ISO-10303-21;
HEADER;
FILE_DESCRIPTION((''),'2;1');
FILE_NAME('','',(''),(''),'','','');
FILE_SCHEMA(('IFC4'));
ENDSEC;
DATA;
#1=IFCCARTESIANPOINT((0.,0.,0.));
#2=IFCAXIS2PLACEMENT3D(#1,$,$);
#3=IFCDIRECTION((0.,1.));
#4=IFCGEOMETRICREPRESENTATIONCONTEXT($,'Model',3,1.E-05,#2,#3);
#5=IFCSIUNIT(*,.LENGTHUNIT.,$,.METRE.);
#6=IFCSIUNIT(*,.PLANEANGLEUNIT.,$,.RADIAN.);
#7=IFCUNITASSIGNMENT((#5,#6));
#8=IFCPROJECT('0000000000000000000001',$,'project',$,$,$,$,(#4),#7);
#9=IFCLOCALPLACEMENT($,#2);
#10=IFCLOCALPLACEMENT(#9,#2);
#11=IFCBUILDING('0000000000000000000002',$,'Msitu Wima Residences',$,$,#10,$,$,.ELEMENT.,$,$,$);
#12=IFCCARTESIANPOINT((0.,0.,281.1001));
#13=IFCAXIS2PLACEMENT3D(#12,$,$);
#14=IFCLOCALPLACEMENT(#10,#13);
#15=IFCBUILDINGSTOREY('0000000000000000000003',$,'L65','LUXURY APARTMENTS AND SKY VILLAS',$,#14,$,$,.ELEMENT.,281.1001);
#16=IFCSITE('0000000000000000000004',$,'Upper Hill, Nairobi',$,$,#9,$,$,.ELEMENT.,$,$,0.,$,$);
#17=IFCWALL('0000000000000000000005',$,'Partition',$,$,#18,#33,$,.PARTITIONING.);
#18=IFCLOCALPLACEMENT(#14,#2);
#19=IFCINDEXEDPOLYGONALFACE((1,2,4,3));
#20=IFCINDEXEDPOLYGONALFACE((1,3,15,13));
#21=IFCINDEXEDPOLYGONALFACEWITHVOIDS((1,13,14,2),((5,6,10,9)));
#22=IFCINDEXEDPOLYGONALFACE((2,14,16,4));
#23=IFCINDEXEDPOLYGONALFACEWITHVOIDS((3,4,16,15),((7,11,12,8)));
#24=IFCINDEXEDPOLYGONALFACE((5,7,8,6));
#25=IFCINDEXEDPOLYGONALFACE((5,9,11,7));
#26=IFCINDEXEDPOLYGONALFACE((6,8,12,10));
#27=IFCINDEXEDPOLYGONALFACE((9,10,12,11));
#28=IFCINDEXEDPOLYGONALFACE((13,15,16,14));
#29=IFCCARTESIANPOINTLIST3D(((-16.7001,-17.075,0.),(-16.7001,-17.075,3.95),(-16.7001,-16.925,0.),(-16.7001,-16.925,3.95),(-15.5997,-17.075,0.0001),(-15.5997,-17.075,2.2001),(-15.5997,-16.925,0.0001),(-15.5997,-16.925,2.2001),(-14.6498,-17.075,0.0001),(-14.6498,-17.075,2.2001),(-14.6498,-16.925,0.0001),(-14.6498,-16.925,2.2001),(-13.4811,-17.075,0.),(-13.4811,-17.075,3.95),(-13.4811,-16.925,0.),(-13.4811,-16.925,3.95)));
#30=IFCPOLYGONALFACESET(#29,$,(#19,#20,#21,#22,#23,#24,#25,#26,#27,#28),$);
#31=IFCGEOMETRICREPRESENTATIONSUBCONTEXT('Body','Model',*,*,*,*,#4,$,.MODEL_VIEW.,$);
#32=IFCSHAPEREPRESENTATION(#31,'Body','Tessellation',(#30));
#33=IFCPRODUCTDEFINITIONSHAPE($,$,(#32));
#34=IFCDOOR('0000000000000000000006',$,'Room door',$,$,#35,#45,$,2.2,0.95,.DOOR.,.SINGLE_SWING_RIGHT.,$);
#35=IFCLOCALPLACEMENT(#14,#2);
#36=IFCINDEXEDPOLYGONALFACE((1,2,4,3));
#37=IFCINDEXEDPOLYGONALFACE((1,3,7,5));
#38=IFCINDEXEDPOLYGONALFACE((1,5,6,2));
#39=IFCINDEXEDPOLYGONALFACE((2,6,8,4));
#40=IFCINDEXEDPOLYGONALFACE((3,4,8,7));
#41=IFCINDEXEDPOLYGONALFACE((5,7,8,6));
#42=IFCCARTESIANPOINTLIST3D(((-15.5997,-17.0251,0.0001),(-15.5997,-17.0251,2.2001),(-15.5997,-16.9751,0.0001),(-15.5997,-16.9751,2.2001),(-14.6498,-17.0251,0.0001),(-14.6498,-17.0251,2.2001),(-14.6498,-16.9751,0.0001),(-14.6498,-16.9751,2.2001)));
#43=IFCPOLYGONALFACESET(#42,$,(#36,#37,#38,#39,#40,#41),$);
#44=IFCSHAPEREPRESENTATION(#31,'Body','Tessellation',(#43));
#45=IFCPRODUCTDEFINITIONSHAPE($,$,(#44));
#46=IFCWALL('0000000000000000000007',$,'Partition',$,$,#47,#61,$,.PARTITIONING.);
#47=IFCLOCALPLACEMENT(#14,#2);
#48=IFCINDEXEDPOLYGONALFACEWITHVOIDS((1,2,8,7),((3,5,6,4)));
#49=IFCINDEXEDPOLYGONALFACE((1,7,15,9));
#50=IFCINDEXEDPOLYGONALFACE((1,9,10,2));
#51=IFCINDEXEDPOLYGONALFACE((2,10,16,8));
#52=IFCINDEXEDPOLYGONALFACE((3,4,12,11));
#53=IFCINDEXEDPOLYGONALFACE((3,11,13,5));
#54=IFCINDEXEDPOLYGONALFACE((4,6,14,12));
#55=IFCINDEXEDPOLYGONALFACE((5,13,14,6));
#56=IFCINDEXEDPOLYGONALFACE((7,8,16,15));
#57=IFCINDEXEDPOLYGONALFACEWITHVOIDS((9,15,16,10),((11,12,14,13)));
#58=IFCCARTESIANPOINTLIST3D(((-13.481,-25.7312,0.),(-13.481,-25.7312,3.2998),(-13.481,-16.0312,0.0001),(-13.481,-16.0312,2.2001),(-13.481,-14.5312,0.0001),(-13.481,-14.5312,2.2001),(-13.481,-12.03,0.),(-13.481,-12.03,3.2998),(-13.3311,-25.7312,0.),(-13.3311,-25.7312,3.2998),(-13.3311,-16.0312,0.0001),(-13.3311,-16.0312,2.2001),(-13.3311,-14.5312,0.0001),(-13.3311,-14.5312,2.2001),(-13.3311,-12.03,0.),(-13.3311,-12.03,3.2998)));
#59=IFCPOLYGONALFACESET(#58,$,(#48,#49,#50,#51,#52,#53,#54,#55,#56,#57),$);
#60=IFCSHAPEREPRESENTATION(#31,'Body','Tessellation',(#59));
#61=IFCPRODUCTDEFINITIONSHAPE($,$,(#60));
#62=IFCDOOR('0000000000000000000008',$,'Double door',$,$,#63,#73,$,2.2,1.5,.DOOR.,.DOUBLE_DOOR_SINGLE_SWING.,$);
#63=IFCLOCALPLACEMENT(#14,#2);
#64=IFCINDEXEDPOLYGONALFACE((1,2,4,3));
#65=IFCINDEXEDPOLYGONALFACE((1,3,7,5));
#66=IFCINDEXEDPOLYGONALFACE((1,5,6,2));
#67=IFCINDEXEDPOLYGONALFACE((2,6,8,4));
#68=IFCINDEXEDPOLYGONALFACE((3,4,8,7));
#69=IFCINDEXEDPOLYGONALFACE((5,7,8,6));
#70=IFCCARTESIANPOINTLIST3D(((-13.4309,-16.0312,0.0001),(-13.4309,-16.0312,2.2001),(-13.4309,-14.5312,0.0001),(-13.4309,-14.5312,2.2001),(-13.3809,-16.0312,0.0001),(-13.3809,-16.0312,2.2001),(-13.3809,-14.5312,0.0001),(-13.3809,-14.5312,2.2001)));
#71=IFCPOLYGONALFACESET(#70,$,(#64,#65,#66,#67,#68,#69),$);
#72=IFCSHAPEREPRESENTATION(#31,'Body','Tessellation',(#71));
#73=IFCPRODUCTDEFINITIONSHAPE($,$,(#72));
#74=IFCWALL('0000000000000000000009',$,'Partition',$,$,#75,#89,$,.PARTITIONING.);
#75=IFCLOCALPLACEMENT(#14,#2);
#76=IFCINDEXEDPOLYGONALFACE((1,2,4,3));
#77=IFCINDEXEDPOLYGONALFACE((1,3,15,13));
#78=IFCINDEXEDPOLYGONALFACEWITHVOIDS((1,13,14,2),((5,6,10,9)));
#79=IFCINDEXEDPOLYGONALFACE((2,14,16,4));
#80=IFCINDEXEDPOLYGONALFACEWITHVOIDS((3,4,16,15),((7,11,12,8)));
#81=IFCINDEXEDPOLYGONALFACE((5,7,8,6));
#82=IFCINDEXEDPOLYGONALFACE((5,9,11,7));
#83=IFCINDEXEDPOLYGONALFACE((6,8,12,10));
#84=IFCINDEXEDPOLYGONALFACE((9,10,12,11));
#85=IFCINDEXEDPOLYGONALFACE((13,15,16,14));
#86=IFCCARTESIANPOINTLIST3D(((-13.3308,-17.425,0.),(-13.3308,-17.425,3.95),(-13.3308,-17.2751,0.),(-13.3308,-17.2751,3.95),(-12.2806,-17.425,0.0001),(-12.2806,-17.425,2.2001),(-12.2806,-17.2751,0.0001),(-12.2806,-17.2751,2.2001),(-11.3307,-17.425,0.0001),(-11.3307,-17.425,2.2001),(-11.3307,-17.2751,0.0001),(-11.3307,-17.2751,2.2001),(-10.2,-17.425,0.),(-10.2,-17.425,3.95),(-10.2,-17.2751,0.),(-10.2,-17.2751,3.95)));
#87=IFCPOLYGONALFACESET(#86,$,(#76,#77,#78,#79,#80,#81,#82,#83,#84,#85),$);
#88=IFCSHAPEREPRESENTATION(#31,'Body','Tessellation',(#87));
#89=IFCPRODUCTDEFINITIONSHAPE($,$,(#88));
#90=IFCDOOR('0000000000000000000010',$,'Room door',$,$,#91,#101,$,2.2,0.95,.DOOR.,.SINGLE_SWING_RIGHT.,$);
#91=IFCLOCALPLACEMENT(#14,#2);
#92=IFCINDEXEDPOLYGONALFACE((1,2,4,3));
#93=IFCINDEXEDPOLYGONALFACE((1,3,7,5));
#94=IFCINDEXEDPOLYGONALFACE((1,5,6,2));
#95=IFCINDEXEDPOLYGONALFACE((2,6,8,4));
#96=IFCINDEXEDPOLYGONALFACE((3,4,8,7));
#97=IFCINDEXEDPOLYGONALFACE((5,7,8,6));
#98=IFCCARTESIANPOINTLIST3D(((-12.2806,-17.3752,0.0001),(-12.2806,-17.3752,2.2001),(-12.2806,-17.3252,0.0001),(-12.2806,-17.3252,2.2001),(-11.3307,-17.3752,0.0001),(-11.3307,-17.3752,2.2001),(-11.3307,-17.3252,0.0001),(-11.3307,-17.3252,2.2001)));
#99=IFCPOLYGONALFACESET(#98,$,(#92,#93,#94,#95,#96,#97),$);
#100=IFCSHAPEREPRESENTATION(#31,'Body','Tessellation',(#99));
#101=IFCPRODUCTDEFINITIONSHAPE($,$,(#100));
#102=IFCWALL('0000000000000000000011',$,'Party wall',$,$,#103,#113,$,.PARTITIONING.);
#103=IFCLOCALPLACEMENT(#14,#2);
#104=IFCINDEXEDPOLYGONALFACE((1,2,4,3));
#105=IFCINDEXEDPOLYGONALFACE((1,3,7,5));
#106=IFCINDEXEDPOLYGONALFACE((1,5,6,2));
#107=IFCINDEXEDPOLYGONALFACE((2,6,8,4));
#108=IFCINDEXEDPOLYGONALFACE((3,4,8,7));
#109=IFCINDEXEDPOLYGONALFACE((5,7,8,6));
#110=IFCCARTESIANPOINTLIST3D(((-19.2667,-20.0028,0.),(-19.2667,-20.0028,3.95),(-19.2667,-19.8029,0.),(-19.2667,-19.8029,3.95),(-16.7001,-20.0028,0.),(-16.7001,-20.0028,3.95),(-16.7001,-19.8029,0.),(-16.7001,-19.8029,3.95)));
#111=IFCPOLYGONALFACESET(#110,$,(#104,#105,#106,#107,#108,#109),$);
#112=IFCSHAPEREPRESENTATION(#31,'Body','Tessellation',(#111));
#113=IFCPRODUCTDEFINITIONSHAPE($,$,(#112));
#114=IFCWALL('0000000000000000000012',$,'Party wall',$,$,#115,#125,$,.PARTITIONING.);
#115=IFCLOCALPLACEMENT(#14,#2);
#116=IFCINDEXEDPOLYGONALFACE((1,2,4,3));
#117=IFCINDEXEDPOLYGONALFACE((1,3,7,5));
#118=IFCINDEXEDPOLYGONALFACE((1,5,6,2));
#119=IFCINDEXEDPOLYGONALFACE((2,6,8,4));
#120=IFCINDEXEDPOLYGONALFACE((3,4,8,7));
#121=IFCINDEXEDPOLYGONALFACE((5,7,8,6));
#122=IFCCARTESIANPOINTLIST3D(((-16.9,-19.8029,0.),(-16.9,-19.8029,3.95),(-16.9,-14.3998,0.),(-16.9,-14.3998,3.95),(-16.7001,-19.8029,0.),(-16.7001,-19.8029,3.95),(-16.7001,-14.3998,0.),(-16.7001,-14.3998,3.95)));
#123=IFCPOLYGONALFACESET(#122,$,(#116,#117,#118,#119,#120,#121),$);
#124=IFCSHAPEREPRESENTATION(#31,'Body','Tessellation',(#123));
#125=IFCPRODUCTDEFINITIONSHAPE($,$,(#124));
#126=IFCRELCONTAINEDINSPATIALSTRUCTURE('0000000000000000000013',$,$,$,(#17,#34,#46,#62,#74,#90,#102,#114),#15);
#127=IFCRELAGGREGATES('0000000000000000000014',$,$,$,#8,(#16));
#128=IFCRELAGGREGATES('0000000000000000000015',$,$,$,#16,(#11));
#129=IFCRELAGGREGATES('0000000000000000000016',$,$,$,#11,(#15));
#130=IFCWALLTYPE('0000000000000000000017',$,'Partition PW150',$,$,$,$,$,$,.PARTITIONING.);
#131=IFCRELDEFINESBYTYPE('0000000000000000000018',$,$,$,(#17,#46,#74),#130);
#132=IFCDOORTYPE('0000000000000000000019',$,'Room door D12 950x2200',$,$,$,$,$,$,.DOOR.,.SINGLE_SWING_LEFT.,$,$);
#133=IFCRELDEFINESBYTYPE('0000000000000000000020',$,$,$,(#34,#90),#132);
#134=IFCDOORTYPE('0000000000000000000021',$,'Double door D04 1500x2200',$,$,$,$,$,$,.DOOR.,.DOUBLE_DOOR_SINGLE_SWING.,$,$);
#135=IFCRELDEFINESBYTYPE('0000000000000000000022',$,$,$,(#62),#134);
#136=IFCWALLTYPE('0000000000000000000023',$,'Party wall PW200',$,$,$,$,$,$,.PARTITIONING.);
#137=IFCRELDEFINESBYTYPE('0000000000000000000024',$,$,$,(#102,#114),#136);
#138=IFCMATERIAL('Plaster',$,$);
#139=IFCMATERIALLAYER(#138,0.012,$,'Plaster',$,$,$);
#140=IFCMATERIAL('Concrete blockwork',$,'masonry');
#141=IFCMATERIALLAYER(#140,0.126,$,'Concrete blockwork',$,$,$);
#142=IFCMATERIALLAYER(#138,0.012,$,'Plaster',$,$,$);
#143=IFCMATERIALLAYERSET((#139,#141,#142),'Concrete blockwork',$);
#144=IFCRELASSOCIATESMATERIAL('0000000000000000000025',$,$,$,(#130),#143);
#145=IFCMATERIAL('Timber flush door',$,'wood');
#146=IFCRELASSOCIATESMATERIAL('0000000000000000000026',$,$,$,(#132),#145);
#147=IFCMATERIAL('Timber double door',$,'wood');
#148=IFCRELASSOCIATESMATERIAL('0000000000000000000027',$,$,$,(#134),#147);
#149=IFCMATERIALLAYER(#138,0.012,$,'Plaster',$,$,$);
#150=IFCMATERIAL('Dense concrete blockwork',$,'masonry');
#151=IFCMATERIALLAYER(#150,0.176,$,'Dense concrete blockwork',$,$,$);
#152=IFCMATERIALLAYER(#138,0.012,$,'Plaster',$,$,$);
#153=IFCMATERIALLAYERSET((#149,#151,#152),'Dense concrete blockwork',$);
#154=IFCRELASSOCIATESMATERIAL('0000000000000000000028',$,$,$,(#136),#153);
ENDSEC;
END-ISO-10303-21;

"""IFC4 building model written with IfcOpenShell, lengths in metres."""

from ifc_helpers import new_model, si_unit, direction, frame, frame_2d, origin, place, context, subcontext, project, spatial, rectangle, extrude, material, layer, layer_set, type_object, element, fill, save


model = new_model("IFC4")

# Units and contexts
model_context = context("Model", 3, precision=1e-05, world=origin(), true_north=direction((0.0, 1.0)))
body_context = subcontext(model_context, "Body", "Model", "MODEL_VIEW")
ifc_project = project(units=[si_unit("LENGTHUNIT", "METRE"), si_unit("PLANEANGLEUNIT", "RADIAN")], contexts=[model_context])

# Site, building, storey
site_placement = place(None, origin())
site = spatial("IfcSite", under=ifc_project, at=site_placement, Name="Upper Hill, Nairobi", CompositionType="ELEMENT", RefElevation=0.0)
building_placement = place(site_placement, origin())
building = spatial("IfcBuilding", under=site, at=building_placement, Name="Msitu Wima Residences", CompositionType="ELEMENT")
storey_placement = place(building_placement, frame((0.0, 0.0, 281.1001)))
storey = spatial("IfcBuildingStorey", under=building, at=storey_placement, Name="L65", Description="LUXURY APARTMENTS AND SKY VILLAS", CompositionType="ELEMENT", Elevation=281.1001)

# Shared definitions
ifc_material_1 = material(Name="Plaster")
ifc_material_2 = material(Name="Concrete blockwork", Category="masonry")

# Walls, openings, doors
ifc_layer_1 = layer(ifc_material_1, 0.012, Name="Plaster")
ifc_layer_2 = layer(ifc_material_2, 0.126, Name="Concrete blockwork")
ifc_layer_3 = layer(ifc_material_1, 0.012, Name="Plaster")
ifc_layer_set_1 = layer_set([ifc_layer_1, ifc_layer_2, ifc_layer_3], Name="Concrete blockwork")
wall_type_1 = type_object("IfcWallType", Name="Partition PW150", PredefinedType="PARTITIONING", material=ifc_layer_set_1)
wall_1_placement = place(storey_placement, frame((-16.7, -17.0, 0.0), z_axis=(0.0, 0.0, 1.0), x_axis=(1.0, 0.0, 0.0)))
wall_1 = element("IfcWall", 1, at=wall_1_placement, inside=storey, type_object=wall_type_1, Name="Partition", PredefinedType="PARTITIONING", context=body_context, shape_type="SweptSolid", body=[
    extrude(rectangle(XDim=3.219, YDim=0.1499, at=frame_2d((1.6094, 0.0))), origin(), (0.0, 0.0, 1.0), 3.95),
])
opening_1_placement = place(wall_1_placement, frame((1.1001, 0.0, 0.0)))
opening_1 = element("IfcOpeningElement", 2, at=opening_1_placement, cuts=wall_1, PredefinedType="OPENING", context=body_context, shape_type="SweptSolid", body=[
    extrude(rectangle(XDim=0.95, YDim=2.2, at=frame_2d((0.4751, 1.1001))), frame((0.0, 0.085, 0.0), z_axis=(0.0, -1.0, 0.0), x_axis=(1.0, 0.0, 0.0)), (0.0, 0.0, 1.0), 0.1699),
])
ifc_material_3 = material(Name="Timber flush door", Category="wood")
door_type_1 = type_object("IfcDoorType", Name="Room door D12 950x2200", OperationType="SINGLE_SWING_LEFT", PredefinedType="DOOR", material=ifc_material_3)
door_1_placement = place(opening_1_placement, origin())
door_1 = element("IfcDoor", 3, at=door_1_placement, inside=storey, type_object=door_type_1, Name="Room door", OperationType="SINGLE_SWING_RIGHT", OverallHeight=2.2, OverallWidth=0.95, PredefinedType="DOOR", context=body_context, shape_type="SweptSolid", body=[
    extrude(rectangle(XDim=0.95, YDim=2.2, at=frame_2d((0.4751, 1.1001))), frame((0.0, 0.0249, 0.0), z_axis=(0.0, -1.0, 0.0), x_axis=(1.0, 0.0, 0.0)), (0.0, 0.0, 1.0), 0.05),
])
fill(opening_1, door_1)
wall_2_placement = place(storey_placement, frame((-13.406, -25.7312, 0.0), z_axis=(0.0, 0.0, 1.0), x_axis=(0.0, 1.0, 0.0)))
wall_2 = element("IfcWall", 4, at=wall_2_placement, inside=storey, type_object=wall_type_1, Name="Partition", PredefinedType="PARTITIONING", context=body_context, shape_type="SweptSolid", body=[
    extrude(rectangle(XDim=13.7012, YDim=0.1499, at=frame_2d((6.8506, 0.0))), origin(), (0.0, 0.0, 1.0), 3.2998),
])
opening_2_placement = place(wall_2_placement, frame((9.7, 0.0, 0.0)))
opening_2 = element("IfcOpeningElement", 5, at=opening_2_placement, cuts=wall_2, PredefinedType="OPENING", context=body_context, shape_type="SweptSolid", body=[
    extrude(rectangle(XDim=1.5, YDim=2.2, at=frame_2d((0.75, 1.1001))), frame((0.0, 0.085, 0.0), z_axis=(0.0, -1.0, 0.0), x_axis=(1.0, 0.0, 0.0)), (0.0, 0.0, 1.0), 0.1699),
])
ifc_material_4 = material(Name="Timber double door", Category="wood")
door_type_2 = type_object("IfcDoorType", Name="Double door D04 1500x2200", OperationType="DOUBLE_DOOR_SINGLE_SWING", PredefinedType="DOOR", material=ifc_material_4)
door_2_placement = place(opening_2_placement, origin())
door_2 = element("IfcDoor", 6, at=door_2_placement, inside=storey, type_object=door_type_2, Name="Double door", OperationType="DOUBLE_DOOR_SINGLE_SWING", OverallHeight=2.2, OverallWidth=1.5, PredefinedType="DOOR", context=body_context, shape_type="SweptSolid", body=[
    extrude(rectangle(XDim=1.5, YDim=2.2, at=frame_2d((0.75, 1.1001))), frame((0.0, 0.0249, 0.0), z_axis=(0.0, -1.0, 0.0), x_axis=(1.0, 0.0, 0.0)), (0.0, 0.0, 1.0), 0.05),
])
fill(opening_2, door_2)
wall_3_placement = place(storey_placement, frame((-13.3308, -17.3501, 0.0), z_axis=(0.0, 0.0, 1.0), x_axis=(1.0, 0.0, 0.0)))
wall_3 = element("IfcWall", 7, at=wall_3_placement, inside=storey, type_object=wall_type_1, Name="Partition", PredefinedType="PARTITIONING", context=body_context, shape_type="SweptSolid", body=[
    extrude(rectangle(XDim=3.1309, YDim=0.1499, at=frame_2d((1.5654, 0.0))), origin(), (0.0, 0.0, 1.0), 3.95),
])
opening_3_placement = place(wall_3_placement, frame((1.05, 0.0, 0.0)))
opening_3 = element("IfcOpeningElement", 8, at=opening_3_placement, cuts=wall_3, PredefinedType="OPENING", context=body_context, shape_type="SweptSolid", body=[
    extrude(rectangle(XDim=0.95, YDim=2.2, at=frame_2d((0.4751, 1.1001))), frame((0.0, 0.085, 0.0), z_axis=(0.0, -1.0, 0.0), x_axis=(1.0, 0.0, 0.0)), (0.0, 0.0, 1.0), 0.1699),
])
door_3_placement = place(opening_3_placement, origin())
door_3 = element("IfcDoor", 9, at=door_3_placement, inside=storey, type_object=door_type_1, Name="Room door", OperationType="SINGLE_SWING_RIGHT", OverallHeight=2.2, OverallWidth=0.95, PredefinedType="DOOR", context=body_context, shape_type="SweptSolid", body=[
    extrude(rectangle(XDim=0.95, YDim=2.2, at=frame_2d((0.4751, 1.1001))), frame((0.0, 0.0249, 0.0), z_axis=(0.0, -1.0, 0.0), x_axis=(1.0, 0.0, 0.0)), (0.0, 0.0, 1.0), 0.05),
])
fill(opening_3, door_3)

# Walls
ifc_layer_4 = layer(ifc_material_1, 0.012, Name="Plaster")
ifc_material_5 = material(Name="Dense concrete blockwork", Category="masonry")
ifc_layer_5 = layer(ifc_material_5, 0.176, Name="Dense concrete blockwork")
ifc_layer_6 = layer(ifc_material_1, 0.012, Name="Plaster")
ifc_layer_set_2 = layer_set([ifc_layer_4, ifc_layer_5, ifc_layer_6], Name="Dense concrete blockwork")
wall_type_2 = type_object("IfcWallType", Name="Party wall PW200", PredefinedType="PARTITIONING", material=ifc_layer_set_2)
wall_4_placement = place(storey_placement, frame((-19.2666, -19.9028, 0.0), z_axis=(0.0, 0.0, 1.0), x_axis=(1.0, 0.0, 0.0)))
element("IfcWall", 10, at=wall_4_placement, inside=storey, type_object=wall_type_2, Name="Party wall", PredefinedType="PARTITIONING", context=body_context, shape_type="SweptSolid", body=[
    extrude(rectangle(XDim=2.5667, YDim=0.2, at=frame_2d((1.2832, 0.0))), origin(), (0.0, 0.0, 1.0), 3.95),
])
wall_5_placement = place(storey_placement, frame((-16.8, -19.803, 0.0), z_axis=(0.0, 0.0, 1.0), x_axis=(0.0, 1.0, 0.0)))
element("IfcWall", 11, at=wall_5_placement, inside=storey, type_object=wall_type_2, Name="Party wall", PredefinedType="PARTITIONING", context=body_context, shape_type="SweptSolid", body=[
    extrude(rectangle(XDim=5.4031, YDim=0.2, at=frame_2d((2.7017, 0.0))), origin(), (0.0, 0.0, 1.0), 3.95),
])

save(model, "model.ifc")
